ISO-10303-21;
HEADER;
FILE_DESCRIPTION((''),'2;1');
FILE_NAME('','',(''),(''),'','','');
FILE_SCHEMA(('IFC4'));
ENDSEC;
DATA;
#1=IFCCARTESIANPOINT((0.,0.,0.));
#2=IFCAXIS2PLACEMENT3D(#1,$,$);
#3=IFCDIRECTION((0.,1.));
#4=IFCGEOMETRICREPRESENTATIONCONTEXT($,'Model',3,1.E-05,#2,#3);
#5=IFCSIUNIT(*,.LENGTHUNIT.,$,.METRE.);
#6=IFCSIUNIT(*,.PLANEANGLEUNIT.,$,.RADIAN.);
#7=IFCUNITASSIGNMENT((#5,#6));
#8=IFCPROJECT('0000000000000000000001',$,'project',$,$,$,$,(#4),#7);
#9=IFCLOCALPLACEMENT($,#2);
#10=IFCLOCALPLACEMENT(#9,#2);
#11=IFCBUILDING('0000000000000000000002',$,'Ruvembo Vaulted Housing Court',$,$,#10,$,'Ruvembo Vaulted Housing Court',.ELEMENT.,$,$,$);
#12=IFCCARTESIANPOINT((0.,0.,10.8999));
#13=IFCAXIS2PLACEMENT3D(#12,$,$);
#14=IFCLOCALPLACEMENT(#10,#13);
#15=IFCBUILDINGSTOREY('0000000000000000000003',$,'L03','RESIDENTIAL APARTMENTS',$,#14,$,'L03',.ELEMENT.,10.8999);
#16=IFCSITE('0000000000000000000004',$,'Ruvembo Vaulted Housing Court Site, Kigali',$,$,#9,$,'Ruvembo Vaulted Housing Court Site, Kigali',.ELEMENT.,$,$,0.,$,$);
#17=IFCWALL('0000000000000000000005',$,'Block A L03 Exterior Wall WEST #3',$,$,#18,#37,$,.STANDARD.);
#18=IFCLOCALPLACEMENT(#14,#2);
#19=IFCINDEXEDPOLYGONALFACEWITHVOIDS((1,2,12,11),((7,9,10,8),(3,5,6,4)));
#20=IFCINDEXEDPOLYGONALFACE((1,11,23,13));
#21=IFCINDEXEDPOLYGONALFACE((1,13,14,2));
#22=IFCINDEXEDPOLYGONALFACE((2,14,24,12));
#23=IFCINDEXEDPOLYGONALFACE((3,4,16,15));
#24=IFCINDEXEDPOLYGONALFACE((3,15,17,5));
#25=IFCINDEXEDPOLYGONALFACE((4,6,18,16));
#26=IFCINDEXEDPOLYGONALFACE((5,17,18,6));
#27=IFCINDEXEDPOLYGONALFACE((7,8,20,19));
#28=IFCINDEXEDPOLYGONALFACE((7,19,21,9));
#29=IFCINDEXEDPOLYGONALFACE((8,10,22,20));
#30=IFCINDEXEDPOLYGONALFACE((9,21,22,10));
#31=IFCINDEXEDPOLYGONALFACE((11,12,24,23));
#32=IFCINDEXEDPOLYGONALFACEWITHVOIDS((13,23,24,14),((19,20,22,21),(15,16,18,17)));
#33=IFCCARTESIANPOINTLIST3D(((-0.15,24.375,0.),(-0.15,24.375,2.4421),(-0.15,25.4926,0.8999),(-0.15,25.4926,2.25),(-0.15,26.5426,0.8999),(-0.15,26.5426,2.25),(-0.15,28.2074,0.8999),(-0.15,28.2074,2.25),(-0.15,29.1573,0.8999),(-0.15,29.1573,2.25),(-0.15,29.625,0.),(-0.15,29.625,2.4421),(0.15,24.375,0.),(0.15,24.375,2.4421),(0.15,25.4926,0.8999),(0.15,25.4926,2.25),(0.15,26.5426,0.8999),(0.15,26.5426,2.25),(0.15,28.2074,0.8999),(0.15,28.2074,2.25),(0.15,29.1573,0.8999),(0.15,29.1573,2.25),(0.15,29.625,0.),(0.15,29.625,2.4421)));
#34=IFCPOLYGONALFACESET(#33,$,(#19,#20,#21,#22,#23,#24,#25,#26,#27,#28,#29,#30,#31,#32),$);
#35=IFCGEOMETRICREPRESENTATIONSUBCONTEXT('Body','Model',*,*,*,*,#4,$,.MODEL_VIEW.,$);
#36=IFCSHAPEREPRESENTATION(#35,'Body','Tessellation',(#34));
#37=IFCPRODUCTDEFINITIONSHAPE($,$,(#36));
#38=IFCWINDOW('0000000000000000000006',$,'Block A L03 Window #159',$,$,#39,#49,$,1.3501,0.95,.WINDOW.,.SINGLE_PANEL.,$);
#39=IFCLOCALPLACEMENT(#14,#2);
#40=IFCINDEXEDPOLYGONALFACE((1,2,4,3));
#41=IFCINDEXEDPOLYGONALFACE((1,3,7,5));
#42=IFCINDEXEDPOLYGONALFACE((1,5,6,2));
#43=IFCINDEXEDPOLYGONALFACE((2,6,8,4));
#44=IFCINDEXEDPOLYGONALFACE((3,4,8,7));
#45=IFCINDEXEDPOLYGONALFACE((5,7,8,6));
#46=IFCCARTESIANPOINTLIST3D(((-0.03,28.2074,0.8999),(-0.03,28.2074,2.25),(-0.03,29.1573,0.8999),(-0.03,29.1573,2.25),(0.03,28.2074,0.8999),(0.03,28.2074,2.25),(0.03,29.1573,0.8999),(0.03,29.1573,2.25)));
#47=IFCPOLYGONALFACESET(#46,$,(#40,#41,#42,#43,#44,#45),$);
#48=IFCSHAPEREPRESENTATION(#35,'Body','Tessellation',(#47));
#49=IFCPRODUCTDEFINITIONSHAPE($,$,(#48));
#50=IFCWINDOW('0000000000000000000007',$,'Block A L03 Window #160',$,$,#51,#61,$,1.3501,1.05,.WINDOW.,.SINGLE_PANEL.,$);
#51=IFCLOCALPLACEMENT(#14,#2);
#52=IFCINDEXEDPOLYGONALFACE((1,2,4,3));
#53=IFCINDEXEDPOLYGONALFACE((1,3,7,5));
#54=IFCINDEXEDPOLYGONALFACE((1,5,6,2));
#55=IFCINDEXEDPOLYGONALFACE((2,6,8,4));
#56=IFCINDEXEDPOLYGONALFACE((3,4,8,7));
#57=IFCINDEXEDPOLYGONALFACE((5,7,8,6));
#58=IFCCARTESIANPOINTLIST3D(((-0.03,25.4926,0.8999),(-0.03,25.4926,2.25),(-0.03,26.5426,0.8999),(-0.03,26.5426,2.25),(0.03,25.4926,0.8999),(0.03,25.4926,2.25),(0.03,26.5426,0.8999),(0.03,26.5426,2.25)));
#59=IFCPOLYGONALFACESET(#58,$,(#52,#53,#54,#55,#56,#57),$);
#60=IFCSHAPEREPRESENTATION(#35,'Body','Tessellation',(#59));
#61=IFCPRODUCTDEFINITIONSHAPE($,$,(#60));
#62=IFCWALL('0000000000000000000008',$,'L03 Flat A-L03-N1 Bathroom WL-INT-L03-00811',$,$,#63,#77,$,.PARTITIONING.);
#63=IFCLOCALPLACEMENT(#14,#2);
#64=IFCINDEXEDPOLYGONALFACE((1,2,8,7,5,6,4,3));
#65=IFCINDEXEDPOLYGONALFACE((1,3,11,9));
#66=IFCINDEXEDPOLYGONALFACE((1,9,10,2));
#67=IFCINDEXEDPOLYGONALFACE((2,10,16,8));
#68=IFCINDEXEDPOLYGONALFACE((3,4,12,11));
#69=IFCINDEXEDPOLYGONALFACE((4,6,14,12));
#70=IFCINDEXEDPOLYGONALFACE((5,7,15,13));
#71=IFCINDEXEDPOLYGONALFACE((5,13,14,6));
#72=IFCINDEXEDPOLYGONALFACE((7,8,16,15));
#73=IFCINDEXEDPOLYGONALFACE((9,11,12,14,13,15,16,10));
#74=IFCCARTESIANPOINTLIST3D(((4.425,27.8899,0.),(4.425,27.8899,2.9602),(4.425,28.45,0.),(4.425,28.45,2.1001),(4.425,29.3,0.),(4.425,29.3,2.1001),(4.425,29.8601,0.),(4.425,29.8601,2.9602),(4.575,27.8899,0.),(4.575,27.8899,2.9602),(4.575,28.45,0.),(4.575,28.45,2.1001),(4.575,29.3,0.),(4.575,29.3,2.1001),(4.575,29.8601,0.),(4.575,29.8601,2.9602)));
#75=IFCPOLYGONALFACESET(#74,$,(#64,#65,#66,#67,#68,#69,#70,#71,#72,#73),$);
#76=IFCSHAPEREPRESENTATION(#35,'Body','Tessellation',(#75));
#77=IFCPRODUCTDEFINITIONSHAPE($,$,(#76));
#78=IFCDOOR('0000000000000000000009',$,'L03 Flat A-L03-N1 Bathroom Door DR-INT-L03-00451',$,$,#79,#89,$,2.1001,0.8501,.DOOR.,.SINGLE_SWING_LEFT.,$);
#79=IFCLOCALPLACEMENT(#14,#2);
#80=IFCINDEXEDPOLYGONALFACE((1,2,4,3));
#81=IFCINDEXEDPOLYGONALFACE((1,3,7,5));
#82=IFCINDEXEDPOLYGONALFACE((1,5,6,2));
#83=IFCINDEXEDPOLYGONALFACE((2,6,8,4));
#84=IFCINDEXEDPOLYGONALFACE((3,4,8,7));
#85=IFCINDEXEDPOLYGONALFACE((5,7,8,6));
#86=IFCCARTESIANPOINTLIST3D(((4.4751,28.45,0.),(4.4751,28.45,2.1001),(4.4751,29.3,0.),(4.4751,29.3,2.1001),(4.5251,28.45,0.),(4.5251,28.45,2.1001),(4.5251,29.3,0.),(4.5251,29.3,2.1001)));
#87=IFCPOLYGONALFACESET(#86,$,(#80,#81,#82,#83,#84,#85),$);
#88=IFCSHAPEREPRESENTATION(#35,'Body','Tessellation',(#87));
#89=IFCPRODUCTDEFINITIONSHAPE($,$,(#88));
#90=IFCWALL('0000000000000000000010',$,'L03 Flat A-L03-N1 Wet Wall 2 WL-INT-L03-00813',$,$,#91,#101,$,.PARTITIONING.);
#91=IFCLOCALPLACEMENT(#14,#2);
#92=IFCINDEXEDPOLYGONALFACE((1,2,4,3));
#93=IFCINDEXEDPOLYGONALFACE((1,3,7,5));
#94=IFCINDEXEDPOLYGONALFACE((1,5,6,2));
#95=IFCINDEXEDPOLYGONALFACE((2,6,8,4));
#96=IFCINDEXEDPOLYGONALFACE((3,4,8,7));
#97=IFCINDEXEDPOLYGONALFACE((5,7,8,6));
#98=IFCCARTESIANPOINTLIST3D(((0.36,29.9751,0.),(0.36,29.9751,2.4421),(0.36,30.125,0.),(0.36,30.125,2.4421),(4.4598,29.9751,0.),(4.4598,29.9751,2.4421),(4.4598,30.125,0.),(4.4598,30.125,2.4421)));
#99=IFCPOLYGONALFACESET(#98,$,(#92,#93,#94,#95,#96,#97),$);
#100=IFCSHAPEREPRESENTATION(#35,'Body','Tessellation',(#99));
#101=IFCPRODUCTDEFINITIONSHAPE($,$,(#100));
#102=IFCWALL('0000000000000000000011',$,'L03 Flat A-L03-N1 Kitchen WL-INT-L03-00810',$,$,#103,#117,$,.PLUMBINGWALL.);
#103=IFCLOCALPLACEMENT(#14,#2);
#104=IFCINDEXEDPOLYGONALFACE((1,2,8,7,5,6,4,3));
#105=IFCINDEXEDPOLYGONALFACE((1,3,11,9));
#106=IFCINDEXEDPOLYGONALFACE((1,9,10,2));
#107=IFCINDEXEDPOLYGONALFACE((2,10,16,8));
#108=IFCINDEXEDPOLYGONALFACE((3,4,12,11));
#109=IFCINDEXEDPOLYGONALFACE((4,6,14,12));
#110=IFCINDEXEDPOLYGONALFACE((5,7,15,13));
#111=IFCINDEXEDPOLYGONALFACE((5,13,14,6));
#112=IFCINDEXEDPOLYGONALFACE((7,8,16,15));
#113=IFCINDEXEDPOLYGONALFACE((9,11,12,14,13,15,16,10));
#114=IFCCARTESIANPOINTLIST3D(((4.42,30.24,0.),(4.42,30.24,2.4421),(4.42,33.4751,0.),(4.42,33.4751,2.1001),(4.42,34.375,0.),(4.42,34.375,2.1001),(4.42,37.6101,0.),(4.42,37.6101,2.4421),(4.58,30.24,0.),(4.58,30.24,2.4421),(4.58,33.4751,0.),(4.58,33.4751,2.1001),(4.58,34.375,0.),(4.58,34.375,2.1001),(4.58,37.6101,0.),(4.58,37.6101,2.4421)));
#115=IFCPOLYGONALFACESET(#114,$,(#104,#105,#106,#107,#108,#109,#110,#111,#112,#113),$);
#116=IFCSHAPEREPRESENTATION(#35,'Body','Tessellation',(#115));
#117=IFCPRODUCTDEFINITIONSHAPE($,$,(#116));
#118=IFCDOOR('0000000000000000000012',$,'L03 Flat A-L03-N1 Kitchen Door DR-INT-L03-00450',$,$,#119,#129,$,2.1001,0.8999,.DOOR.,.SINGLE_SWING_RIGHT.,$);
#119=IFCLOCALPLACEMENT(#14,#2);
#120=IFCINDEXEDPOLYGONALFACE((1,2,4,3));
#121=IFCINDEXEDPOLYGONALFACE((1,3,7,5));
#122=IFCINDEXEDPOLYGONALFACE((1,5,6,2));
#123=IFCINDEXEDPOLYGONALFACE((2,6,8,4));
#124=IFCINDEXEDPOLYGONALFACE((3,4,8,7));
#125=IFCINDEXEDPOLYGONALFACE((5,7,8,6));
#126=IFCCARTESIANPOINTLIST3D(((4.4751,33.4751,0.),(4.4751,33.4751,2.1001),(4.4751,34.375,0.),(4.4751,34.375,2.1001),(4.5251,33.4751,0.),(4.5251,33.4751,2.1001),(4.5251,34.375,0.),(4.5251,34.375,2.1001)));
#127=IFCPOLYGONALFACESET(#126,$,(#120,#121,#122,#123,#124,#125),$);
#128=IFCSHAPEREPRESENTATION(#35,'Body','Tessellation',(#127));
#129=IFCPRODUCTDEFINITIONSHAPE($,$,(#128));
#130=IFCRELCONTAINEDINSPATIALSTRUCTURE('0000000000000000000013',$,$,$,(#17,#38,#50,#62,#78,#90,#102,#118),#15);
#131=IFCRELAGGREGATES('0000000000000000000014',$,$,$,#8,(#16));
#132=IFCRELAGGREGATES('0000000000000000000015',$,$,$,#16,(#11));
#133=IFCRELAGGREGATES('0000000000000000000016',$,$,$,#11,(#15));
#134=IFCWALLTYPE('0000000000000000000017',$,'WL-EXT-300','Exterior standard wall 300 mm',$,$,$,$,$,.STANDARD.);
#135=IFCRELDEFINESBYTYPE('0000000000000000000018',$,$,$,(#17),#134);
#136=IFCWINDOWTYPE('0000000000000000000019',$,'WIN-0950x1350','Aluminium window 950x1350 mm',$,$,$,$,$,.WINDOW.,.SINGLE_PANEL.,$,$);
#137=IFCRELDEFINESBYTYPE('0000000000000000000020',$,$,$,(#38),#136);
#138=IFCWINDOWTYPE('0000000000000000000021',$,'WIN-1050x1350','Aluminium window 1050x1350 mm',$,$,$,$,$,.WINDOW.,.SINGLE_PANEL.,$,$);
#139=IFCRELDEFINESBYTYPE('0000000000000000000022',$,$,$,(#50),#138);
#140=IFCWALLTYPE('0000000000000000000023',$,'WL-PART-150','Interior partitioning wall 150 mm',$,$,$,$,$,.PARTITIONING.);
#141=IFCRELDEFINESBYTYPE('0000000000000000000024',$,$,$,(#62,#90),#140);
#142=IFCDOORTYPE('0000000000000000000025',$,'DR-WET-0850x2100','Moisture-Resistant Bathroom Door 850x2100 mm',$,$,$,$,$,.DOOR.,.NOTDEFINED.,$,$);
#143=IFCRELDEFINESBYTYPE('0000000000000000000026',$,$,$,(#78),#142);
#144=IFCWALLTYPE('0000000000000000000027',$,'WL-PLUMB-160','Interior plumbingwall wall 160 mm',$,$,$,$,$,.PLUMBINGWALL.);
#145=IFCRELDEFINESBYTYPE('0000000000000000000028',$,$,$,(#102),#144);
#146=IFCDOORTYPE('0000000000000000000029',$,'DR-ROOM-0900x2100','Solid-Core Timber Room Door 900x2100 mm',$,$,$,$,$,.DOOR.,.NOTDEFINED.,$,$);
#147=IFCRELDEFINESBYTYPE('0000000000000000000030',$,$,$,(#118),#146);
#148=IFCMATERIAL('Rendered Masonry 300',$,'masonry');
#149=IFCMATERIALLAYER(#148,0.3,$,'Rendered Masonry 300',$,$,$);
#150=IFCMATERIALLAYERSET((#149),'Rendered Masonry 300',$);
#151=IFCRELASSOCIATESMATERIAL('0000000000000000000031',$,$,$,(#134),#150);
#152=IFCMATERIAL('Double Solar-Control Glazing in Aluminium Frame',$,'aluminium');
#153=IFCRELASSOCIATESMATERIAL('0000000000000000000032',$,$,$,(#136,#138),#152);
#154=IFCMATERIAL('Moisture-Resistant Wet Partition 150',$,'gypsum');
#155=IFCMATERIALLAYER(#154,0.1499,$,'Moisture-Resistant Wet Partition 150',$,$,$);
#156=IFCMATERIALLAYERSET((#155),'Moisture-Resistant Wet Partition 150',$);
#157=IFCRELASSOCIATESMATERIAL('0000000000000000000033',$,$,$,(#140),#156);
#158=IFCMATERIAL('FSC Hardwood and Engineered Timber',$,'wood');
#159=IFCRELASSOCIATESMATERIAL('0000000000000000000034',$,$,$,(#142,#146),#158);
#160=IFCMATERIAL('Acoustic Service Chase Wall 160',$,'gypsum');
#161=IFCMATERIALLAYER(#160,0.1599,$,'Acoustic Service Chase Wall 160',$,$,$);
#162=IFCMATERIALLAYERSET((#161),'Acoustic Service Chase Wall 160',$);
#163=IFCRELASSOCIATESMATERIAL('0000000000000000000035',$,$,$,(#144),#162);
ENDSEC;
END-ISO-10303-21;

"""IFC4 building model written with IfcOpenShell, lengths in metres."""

from ifc_helpers import new_model, si_unit, direction, frame, frame_2d, origin, place, context, subcontext, project, spatial, rectangle, extrude, material, layer, layer_set, type_object, element, fill, save


model = new_model("IFC4")

# Units and contexts
model_context = context("Model", 3, precision=1e-05, world=origin(), true_north=direction((0.0, 1.0)))
body_context = subcontext(model_context, "Body", "Model", "MODEL_VIEW")
ifc_project = project(units=[si_unit("LENGTHUNIT", "METRE"), si_unit("PLANEANGLEUNIT", "RADIAN")], contexts=[model_context])

# Site, building, storey
site_placement = place(None, origin())
site = spatial("IfcSite", under=ifc_project, at=site_placement, Name="Ruvembo Vaulted Housing Court Site, Kigali", LongName="Ruvembo Vaulted Housing Court Site, Kigali", CompositionType="ELEMENT", RefElevation=0.0)
building_placement = place(site_placement, origin())
building = spatial("IfcBuilding", under=site, at=building_placement, Name="Ruvembo Vaulted Housing Court", LongName="Ruvembo Vaulted Housing Court", CompositionType="ELEMENT")
storey_placement = place(building_placement, frame((0.0, 0.0, 10.8999)))
storey = spatial("IfcBuildingStorey", under=building, at=storey_placement, Name="L03", Description="RESIDENTIAL APARTMENTS", LongName="L03", CompositionType="ELEMENT", Elevation=10.8999)

# Shared definitions
ifc_material_1 = material(Name="FSC Hardwood and Engineered Timber", Category="wood")

# Wall, openings, windows
ifc_material_2 = material(Name="Rendered Masonry 300", Category="masonry")
ifc_layer_1 = layer(ifc_material_2, 0.3, Name="Rendered Masonry 300")
ifc_layer_set_1 = layer_set([ifc_layer_1], Name="Rendered Masonry 300")
wall_type_1 = type_object("IfcWallType", Name="WL-EXT-300", Description="Exterior standard wall 300 mm", PredefinedType="STANDARD", material=ifc_layer_set_1)
ifc_material_3 = material(Name="Double Solar-Control Glazing in Aluminium Frame", Category="aluminium")
wall_1_placement = place(storey_placement, frame((0.0, 29.625, 0.0), z_axis=(0.0, 0.0, 1.0), x_axis=(0.0, -1.0, 0.0)))
wall_1 = element("IfcWall", 1, at=wall_1_placement, inside=storey, type_object=wall_type_1, Name="Block A L03 Exterior Wall WEST #3", PredefinedType="STANDARD", context=body_context, shape_type="SweptSolid", body=[
    extrude(rectangle(XDim=5.25, YDim=0.3, at=frame_2d((2.625, 0.0))), origin(), (0.0, 0.0, 1.0), 2.4421),
])
opening_1_placement = place(wall_1_placement, frame((0.4675, 0.0, 0.8999)))
opening_1 = element("IfcOpeningElement", 2, at=opening_1_placement, cuts=wall_1, PredefinedType="OPENING", context=body_context, shape_type="SweptSolid", body=[
    extrude(rectangle(XDim=0.95, YDim=1.3501, at=frame_2d((0.4751, 0.675))), frame((0.0, 0.1599, 0.0), z_axis=(0.0, -1.0, 0.0), x_axis=(1.0, 0.0, 0.0)), (0.0, 0.0, 1.0), 0.3201),
])
opening_2_placement = place(wall_1_placement, frame((3.0825, 0.0, 0.8999)))
opening_2 = element("IfcOpeningElement", 3, at=opening_2_placement, cuts=wall_1, PredefinedType="OPENING", context=body_context, shape_type="SweptSolid", body=[
    extrude(rectangle(XDim=1.05, YDim=1.3501, at=frame_2d((0.5249, 0.675))), frame((0.0, 0.1599, 0.0), z_axis=(0.0, -1.0, 0.0), x_axis=(1.0, 0.0, 0.0)), (0.0, 0.0, 1.0), 0.3201),
])
window_type_1 = type_object("IfcWindowType", Name="WIN-0950x1350", Description="Aluminium window 950x1350 mm", PartitioningType="SINGLE_PANEL", PredefinedType="WINDOW", material=ifc_material_3)
window_1_placement = place(opening_1_placement, origin())
window_1 = element("IfcWindow", 4, at=window_1_placement, inside=storey, type_object=window_type_1, Name="Block A L03 Window #159", OverallHeight=1.3501, OverallWidth=0.95, PartitioningType="SINGLE_PANEL", PredefinedType="WINDOW", context=body_context, shape_type="SweptSolid", body=[
    extrude(rectangle(XDim=0.95, YDim=1.3501, at=frame_2d((0.4751, 0.675))), frame((0.0, 0.03, 0.0), z_axis=(0.0, -1.0, 0.0), x_axis=(1.0, 0.0, 0.0)), (0.0, 0.0, 1.0), 0.0601),
])
fill(opening_1, window_1)
window_type_2 = type_object("IfcWindowType", Name="WIN-1050x1350", Description="Aluminium window 1050x1350 mm", PartitioningType="SINGLE_PANEL", PredefinedType="WINDOW", material=ifc_material_3)
window_2_placement = place(opening_2_placement, origin())
window_2 = element("IfcWindow", 5, at=window_2_placement, inside=storey, type_object=window_type_2, Name="Block A L03 Window #160", OverallHeight=1.3501, OverallWidth=1.05, PartitioningType="SINGLE_PANEL", PredefinedType="WINDOW", context=body_context, shape_type="SweptSolid", body=[
    extrude(rectangle(XDim=1.05, YDim=1.3501, at=frame_2d((0.5249, 0.675))), frame((0.0, 0.03, 0.0), z_axis=(0.0, -1.0, 0.0), x_axis=(1.0, 0.0, 0.0)), (0.0, 0.0, 1.0), 0.0601),
])
fill(opening_2, window_2)

# Wall, opening, door
ifc_material_4 = material(Name="Moisture-Resistant Wet Partition 150", Category="gypsum")
ifc_layer_2 = layer(ifc_material_4, 0.1499, Name="Moisture-Resistant Wet Partition 150")
ifc_layer_set_2 = layer_set([ifc_layer_2], Name="Moisture-Resistant Wet Partition 150")
wall_type_2 = type_object("IfcWallType", Name="WL-PART-150", Description="Interior partitioning wall 150 mm", PredefinedType="PARTITIONING", material=ifc_layer_set_2)
wall_2_placement = place(storey_placement, frame((4.5, 27.8899, 0.0), z_axis=(0.0, 0.0, 1.0), x_axis=(0.0, 1.0, 0.0)))
wall_2 = element("IfcWall", 6, at=wall_2_placement, inside=storey, type_object=wall_type_2, Name="L03 Flat A-L03-N1 Bathroom WL-INT-L03-00811", PredefinedType="PARTITIONING", context=body_context, shape_type="SweptSolid", body=[
    extrude(rectangle(XDim=1.9702, YDim=0.1499, at=frame_2d((0.9851, 0.0))), origin(), (0.0, 0.0, 1.0), 2.9602),
])
opening_3_placement = place(wall_2_placement, frame((0.5601, 0.0, 0.0)))
opening_3 = element("IfcOpeningElement", 7, at=opening_3_placement, cuts=wall_2, PredefinedType="OPENING", context=body_context, shape_type="SweptSolid", body=[
    extrude(rectangle(XDim=0.8501, YDim=2.1001, at=frame_2d((0.425, 1.05))), frame((0.0, 0.085, 0.0), z_axis=(0.0, -1.0, 0.0), x_axis=(1.0, 0.0, 0.0)), (0.0, 0.0, 1.0), 0.1699),
])
door_type_1 = type_object("IfcDoorType", Name="DR-WET-0850x2100", Description="Moisture-Resistant Bathroom Door 850x2100 mm", OperationType="NOTDEFINED", PredefinedType="DOOR", material=ifc_material_1)
door_1_placement = place(opening_3_placement, origin())
door_1 = element("IfcDoor", 8, at=door_1_placement, inside=storey, type_object=door_type_1, Name="L03 Flat A-L03-N1 Bathroom Door DR-INT-L03-00451", OperationType="SINGLE_SWING_LEFT", OverallHeight=2.1001, OverallWidth=0.8501, PredefinedType="DOOR", context=body_context, shape_type="SweptSolid", body=[
    extrude(rectangle(XDim=0.8501, YDim=2.1001, at=frame_2d((0.425, 1.05))), frame((0.0, 0.0249, 0.0), z_axis=(0.0, -1.0, 0.0), x_axis=(1.0, 0.0, 0.0)), (0.0, 0.0, 1.0), 0.05),
])
fill(opening_3, door_1)

# Wall
wall_3_placement = place(storey_placement, frame((0.3601, 30.05, 0.0), z_axis=(0.0, 0.0, 1.0), x_axis=(1.0, 0.0, 0.0)))
element("IfcWall", 9, at=wall_3_placement, inside=storey, type_object=wall_type_2, Name="L03 Flat A-L03-N1 Wet Wall 2 WL-INT-L03-00813", PredefinedType="PARTITIONING", context=body_context, shape_type="SweptSolid", body=[
    extrude(rectangle(XDim=4.0999, YDim=0.1499, at=frame_2d((2.0498, 0.0))), origin(), (0.0, 0.0, 1.0), 2.4421),
])

# Wall, opening, door
ifc_material_5 = material(Name="Acoustic Service Chase Wall 160", Category="gypsum")
ifc_layer_3 = layer(ifc_material_5, 0.1599, Name="Acoustic Service Chase Wall 160")
ifc_layer_set_3 = layer_set([ifc_layer_3], Name="Acoustic Service Chase Wall 160")
wall_type_3 = type_object("IfcWallType", Name="WL-PLUMB-160", Description="Interior plumbingwall wall 160 mm", PredefinedType="PLUMBINGWALL", material=ifc_layer_set_3)
wall_4_placement = place(storey_placement, frame((4.5, 30.24, 0.0), z_axis=(0.0, 0.0, 1.0), x_axis=(0.0, 1.0, 0.0)))
wall_4 = element("IfcWall", 10, at=wall_4_placement, inside=storey, type_object=wall_type_3, Name="L03 Flat A-L03-N1 Kitchen WL-INT-L03-00810", PredefinedType="PLUMBINGWALL", context=body_context, shape_type="SweptSolid", body=[
    extrude(rectangle(XDim=7.3701, YDim=0.1599, at=frame_2d((3.6851, 0.0))), origin(), (0.0, 0.0, 1.0), 2.4421),
])
opening_4_placement = place(wall_4_placement, frame((3.2351, 0.0, 0.0)))
opening_4 = element("IfcOpeningElement", 11, at=opening_4_placement, cuts=wall_4, PredefinedType="OPENING", context=body_context, shape_type="SweptSolid", body=[
    extrude(rectangle(XDim=0.8999, YDim=2.1001, at=frame_2d((0.45, 1.05))), frame((0.0, 0.0898, 0.0), z_axis=(0.0, -1.0, 0.0), x_axis=(1.0, 0.0, 0.0)), (0.0, 0.0, 1.0), 0.1799),
])
door_type_2 = type_object("IfcDoorType", Name="DR-ROOM-0900x2100", Description="Solid-Core Timber Room Door 900x2100 mm", OperationType="NOTDEFINED", PredefinedType="DOOR", material=ifc_material_1)
door_2_placement = place(opening_4_placement, origin())
door_2 = element("IfcDoor", 12, at=door_2_placement, inside=storey, type_object=door_type_2, Name="L03 Flat A-L03-N1 Kitchen Door DR-INT-L03-00450", OperationType="SINGLE_SWING_RIGHT", OverallHeight=2.1001, OverallWidth=0.8999, PredefinedType="DOOR", context=body_context, shape_type="SweptSolid", body=[
    extrude(rectangle(XDim=0.8999, YDim=2.1001, at=frame_2d((0.45, 1.05))), frame((0.0, 0.0249, 0.0), z_axis=(0.0, -1.0, 0.0), x_axis=(1.0, 0.0, 0.0)), (0.0, 0.0, 1.0), 0.05),
])
fill(opening_4, door_2)

save(model, "model.ifc")
